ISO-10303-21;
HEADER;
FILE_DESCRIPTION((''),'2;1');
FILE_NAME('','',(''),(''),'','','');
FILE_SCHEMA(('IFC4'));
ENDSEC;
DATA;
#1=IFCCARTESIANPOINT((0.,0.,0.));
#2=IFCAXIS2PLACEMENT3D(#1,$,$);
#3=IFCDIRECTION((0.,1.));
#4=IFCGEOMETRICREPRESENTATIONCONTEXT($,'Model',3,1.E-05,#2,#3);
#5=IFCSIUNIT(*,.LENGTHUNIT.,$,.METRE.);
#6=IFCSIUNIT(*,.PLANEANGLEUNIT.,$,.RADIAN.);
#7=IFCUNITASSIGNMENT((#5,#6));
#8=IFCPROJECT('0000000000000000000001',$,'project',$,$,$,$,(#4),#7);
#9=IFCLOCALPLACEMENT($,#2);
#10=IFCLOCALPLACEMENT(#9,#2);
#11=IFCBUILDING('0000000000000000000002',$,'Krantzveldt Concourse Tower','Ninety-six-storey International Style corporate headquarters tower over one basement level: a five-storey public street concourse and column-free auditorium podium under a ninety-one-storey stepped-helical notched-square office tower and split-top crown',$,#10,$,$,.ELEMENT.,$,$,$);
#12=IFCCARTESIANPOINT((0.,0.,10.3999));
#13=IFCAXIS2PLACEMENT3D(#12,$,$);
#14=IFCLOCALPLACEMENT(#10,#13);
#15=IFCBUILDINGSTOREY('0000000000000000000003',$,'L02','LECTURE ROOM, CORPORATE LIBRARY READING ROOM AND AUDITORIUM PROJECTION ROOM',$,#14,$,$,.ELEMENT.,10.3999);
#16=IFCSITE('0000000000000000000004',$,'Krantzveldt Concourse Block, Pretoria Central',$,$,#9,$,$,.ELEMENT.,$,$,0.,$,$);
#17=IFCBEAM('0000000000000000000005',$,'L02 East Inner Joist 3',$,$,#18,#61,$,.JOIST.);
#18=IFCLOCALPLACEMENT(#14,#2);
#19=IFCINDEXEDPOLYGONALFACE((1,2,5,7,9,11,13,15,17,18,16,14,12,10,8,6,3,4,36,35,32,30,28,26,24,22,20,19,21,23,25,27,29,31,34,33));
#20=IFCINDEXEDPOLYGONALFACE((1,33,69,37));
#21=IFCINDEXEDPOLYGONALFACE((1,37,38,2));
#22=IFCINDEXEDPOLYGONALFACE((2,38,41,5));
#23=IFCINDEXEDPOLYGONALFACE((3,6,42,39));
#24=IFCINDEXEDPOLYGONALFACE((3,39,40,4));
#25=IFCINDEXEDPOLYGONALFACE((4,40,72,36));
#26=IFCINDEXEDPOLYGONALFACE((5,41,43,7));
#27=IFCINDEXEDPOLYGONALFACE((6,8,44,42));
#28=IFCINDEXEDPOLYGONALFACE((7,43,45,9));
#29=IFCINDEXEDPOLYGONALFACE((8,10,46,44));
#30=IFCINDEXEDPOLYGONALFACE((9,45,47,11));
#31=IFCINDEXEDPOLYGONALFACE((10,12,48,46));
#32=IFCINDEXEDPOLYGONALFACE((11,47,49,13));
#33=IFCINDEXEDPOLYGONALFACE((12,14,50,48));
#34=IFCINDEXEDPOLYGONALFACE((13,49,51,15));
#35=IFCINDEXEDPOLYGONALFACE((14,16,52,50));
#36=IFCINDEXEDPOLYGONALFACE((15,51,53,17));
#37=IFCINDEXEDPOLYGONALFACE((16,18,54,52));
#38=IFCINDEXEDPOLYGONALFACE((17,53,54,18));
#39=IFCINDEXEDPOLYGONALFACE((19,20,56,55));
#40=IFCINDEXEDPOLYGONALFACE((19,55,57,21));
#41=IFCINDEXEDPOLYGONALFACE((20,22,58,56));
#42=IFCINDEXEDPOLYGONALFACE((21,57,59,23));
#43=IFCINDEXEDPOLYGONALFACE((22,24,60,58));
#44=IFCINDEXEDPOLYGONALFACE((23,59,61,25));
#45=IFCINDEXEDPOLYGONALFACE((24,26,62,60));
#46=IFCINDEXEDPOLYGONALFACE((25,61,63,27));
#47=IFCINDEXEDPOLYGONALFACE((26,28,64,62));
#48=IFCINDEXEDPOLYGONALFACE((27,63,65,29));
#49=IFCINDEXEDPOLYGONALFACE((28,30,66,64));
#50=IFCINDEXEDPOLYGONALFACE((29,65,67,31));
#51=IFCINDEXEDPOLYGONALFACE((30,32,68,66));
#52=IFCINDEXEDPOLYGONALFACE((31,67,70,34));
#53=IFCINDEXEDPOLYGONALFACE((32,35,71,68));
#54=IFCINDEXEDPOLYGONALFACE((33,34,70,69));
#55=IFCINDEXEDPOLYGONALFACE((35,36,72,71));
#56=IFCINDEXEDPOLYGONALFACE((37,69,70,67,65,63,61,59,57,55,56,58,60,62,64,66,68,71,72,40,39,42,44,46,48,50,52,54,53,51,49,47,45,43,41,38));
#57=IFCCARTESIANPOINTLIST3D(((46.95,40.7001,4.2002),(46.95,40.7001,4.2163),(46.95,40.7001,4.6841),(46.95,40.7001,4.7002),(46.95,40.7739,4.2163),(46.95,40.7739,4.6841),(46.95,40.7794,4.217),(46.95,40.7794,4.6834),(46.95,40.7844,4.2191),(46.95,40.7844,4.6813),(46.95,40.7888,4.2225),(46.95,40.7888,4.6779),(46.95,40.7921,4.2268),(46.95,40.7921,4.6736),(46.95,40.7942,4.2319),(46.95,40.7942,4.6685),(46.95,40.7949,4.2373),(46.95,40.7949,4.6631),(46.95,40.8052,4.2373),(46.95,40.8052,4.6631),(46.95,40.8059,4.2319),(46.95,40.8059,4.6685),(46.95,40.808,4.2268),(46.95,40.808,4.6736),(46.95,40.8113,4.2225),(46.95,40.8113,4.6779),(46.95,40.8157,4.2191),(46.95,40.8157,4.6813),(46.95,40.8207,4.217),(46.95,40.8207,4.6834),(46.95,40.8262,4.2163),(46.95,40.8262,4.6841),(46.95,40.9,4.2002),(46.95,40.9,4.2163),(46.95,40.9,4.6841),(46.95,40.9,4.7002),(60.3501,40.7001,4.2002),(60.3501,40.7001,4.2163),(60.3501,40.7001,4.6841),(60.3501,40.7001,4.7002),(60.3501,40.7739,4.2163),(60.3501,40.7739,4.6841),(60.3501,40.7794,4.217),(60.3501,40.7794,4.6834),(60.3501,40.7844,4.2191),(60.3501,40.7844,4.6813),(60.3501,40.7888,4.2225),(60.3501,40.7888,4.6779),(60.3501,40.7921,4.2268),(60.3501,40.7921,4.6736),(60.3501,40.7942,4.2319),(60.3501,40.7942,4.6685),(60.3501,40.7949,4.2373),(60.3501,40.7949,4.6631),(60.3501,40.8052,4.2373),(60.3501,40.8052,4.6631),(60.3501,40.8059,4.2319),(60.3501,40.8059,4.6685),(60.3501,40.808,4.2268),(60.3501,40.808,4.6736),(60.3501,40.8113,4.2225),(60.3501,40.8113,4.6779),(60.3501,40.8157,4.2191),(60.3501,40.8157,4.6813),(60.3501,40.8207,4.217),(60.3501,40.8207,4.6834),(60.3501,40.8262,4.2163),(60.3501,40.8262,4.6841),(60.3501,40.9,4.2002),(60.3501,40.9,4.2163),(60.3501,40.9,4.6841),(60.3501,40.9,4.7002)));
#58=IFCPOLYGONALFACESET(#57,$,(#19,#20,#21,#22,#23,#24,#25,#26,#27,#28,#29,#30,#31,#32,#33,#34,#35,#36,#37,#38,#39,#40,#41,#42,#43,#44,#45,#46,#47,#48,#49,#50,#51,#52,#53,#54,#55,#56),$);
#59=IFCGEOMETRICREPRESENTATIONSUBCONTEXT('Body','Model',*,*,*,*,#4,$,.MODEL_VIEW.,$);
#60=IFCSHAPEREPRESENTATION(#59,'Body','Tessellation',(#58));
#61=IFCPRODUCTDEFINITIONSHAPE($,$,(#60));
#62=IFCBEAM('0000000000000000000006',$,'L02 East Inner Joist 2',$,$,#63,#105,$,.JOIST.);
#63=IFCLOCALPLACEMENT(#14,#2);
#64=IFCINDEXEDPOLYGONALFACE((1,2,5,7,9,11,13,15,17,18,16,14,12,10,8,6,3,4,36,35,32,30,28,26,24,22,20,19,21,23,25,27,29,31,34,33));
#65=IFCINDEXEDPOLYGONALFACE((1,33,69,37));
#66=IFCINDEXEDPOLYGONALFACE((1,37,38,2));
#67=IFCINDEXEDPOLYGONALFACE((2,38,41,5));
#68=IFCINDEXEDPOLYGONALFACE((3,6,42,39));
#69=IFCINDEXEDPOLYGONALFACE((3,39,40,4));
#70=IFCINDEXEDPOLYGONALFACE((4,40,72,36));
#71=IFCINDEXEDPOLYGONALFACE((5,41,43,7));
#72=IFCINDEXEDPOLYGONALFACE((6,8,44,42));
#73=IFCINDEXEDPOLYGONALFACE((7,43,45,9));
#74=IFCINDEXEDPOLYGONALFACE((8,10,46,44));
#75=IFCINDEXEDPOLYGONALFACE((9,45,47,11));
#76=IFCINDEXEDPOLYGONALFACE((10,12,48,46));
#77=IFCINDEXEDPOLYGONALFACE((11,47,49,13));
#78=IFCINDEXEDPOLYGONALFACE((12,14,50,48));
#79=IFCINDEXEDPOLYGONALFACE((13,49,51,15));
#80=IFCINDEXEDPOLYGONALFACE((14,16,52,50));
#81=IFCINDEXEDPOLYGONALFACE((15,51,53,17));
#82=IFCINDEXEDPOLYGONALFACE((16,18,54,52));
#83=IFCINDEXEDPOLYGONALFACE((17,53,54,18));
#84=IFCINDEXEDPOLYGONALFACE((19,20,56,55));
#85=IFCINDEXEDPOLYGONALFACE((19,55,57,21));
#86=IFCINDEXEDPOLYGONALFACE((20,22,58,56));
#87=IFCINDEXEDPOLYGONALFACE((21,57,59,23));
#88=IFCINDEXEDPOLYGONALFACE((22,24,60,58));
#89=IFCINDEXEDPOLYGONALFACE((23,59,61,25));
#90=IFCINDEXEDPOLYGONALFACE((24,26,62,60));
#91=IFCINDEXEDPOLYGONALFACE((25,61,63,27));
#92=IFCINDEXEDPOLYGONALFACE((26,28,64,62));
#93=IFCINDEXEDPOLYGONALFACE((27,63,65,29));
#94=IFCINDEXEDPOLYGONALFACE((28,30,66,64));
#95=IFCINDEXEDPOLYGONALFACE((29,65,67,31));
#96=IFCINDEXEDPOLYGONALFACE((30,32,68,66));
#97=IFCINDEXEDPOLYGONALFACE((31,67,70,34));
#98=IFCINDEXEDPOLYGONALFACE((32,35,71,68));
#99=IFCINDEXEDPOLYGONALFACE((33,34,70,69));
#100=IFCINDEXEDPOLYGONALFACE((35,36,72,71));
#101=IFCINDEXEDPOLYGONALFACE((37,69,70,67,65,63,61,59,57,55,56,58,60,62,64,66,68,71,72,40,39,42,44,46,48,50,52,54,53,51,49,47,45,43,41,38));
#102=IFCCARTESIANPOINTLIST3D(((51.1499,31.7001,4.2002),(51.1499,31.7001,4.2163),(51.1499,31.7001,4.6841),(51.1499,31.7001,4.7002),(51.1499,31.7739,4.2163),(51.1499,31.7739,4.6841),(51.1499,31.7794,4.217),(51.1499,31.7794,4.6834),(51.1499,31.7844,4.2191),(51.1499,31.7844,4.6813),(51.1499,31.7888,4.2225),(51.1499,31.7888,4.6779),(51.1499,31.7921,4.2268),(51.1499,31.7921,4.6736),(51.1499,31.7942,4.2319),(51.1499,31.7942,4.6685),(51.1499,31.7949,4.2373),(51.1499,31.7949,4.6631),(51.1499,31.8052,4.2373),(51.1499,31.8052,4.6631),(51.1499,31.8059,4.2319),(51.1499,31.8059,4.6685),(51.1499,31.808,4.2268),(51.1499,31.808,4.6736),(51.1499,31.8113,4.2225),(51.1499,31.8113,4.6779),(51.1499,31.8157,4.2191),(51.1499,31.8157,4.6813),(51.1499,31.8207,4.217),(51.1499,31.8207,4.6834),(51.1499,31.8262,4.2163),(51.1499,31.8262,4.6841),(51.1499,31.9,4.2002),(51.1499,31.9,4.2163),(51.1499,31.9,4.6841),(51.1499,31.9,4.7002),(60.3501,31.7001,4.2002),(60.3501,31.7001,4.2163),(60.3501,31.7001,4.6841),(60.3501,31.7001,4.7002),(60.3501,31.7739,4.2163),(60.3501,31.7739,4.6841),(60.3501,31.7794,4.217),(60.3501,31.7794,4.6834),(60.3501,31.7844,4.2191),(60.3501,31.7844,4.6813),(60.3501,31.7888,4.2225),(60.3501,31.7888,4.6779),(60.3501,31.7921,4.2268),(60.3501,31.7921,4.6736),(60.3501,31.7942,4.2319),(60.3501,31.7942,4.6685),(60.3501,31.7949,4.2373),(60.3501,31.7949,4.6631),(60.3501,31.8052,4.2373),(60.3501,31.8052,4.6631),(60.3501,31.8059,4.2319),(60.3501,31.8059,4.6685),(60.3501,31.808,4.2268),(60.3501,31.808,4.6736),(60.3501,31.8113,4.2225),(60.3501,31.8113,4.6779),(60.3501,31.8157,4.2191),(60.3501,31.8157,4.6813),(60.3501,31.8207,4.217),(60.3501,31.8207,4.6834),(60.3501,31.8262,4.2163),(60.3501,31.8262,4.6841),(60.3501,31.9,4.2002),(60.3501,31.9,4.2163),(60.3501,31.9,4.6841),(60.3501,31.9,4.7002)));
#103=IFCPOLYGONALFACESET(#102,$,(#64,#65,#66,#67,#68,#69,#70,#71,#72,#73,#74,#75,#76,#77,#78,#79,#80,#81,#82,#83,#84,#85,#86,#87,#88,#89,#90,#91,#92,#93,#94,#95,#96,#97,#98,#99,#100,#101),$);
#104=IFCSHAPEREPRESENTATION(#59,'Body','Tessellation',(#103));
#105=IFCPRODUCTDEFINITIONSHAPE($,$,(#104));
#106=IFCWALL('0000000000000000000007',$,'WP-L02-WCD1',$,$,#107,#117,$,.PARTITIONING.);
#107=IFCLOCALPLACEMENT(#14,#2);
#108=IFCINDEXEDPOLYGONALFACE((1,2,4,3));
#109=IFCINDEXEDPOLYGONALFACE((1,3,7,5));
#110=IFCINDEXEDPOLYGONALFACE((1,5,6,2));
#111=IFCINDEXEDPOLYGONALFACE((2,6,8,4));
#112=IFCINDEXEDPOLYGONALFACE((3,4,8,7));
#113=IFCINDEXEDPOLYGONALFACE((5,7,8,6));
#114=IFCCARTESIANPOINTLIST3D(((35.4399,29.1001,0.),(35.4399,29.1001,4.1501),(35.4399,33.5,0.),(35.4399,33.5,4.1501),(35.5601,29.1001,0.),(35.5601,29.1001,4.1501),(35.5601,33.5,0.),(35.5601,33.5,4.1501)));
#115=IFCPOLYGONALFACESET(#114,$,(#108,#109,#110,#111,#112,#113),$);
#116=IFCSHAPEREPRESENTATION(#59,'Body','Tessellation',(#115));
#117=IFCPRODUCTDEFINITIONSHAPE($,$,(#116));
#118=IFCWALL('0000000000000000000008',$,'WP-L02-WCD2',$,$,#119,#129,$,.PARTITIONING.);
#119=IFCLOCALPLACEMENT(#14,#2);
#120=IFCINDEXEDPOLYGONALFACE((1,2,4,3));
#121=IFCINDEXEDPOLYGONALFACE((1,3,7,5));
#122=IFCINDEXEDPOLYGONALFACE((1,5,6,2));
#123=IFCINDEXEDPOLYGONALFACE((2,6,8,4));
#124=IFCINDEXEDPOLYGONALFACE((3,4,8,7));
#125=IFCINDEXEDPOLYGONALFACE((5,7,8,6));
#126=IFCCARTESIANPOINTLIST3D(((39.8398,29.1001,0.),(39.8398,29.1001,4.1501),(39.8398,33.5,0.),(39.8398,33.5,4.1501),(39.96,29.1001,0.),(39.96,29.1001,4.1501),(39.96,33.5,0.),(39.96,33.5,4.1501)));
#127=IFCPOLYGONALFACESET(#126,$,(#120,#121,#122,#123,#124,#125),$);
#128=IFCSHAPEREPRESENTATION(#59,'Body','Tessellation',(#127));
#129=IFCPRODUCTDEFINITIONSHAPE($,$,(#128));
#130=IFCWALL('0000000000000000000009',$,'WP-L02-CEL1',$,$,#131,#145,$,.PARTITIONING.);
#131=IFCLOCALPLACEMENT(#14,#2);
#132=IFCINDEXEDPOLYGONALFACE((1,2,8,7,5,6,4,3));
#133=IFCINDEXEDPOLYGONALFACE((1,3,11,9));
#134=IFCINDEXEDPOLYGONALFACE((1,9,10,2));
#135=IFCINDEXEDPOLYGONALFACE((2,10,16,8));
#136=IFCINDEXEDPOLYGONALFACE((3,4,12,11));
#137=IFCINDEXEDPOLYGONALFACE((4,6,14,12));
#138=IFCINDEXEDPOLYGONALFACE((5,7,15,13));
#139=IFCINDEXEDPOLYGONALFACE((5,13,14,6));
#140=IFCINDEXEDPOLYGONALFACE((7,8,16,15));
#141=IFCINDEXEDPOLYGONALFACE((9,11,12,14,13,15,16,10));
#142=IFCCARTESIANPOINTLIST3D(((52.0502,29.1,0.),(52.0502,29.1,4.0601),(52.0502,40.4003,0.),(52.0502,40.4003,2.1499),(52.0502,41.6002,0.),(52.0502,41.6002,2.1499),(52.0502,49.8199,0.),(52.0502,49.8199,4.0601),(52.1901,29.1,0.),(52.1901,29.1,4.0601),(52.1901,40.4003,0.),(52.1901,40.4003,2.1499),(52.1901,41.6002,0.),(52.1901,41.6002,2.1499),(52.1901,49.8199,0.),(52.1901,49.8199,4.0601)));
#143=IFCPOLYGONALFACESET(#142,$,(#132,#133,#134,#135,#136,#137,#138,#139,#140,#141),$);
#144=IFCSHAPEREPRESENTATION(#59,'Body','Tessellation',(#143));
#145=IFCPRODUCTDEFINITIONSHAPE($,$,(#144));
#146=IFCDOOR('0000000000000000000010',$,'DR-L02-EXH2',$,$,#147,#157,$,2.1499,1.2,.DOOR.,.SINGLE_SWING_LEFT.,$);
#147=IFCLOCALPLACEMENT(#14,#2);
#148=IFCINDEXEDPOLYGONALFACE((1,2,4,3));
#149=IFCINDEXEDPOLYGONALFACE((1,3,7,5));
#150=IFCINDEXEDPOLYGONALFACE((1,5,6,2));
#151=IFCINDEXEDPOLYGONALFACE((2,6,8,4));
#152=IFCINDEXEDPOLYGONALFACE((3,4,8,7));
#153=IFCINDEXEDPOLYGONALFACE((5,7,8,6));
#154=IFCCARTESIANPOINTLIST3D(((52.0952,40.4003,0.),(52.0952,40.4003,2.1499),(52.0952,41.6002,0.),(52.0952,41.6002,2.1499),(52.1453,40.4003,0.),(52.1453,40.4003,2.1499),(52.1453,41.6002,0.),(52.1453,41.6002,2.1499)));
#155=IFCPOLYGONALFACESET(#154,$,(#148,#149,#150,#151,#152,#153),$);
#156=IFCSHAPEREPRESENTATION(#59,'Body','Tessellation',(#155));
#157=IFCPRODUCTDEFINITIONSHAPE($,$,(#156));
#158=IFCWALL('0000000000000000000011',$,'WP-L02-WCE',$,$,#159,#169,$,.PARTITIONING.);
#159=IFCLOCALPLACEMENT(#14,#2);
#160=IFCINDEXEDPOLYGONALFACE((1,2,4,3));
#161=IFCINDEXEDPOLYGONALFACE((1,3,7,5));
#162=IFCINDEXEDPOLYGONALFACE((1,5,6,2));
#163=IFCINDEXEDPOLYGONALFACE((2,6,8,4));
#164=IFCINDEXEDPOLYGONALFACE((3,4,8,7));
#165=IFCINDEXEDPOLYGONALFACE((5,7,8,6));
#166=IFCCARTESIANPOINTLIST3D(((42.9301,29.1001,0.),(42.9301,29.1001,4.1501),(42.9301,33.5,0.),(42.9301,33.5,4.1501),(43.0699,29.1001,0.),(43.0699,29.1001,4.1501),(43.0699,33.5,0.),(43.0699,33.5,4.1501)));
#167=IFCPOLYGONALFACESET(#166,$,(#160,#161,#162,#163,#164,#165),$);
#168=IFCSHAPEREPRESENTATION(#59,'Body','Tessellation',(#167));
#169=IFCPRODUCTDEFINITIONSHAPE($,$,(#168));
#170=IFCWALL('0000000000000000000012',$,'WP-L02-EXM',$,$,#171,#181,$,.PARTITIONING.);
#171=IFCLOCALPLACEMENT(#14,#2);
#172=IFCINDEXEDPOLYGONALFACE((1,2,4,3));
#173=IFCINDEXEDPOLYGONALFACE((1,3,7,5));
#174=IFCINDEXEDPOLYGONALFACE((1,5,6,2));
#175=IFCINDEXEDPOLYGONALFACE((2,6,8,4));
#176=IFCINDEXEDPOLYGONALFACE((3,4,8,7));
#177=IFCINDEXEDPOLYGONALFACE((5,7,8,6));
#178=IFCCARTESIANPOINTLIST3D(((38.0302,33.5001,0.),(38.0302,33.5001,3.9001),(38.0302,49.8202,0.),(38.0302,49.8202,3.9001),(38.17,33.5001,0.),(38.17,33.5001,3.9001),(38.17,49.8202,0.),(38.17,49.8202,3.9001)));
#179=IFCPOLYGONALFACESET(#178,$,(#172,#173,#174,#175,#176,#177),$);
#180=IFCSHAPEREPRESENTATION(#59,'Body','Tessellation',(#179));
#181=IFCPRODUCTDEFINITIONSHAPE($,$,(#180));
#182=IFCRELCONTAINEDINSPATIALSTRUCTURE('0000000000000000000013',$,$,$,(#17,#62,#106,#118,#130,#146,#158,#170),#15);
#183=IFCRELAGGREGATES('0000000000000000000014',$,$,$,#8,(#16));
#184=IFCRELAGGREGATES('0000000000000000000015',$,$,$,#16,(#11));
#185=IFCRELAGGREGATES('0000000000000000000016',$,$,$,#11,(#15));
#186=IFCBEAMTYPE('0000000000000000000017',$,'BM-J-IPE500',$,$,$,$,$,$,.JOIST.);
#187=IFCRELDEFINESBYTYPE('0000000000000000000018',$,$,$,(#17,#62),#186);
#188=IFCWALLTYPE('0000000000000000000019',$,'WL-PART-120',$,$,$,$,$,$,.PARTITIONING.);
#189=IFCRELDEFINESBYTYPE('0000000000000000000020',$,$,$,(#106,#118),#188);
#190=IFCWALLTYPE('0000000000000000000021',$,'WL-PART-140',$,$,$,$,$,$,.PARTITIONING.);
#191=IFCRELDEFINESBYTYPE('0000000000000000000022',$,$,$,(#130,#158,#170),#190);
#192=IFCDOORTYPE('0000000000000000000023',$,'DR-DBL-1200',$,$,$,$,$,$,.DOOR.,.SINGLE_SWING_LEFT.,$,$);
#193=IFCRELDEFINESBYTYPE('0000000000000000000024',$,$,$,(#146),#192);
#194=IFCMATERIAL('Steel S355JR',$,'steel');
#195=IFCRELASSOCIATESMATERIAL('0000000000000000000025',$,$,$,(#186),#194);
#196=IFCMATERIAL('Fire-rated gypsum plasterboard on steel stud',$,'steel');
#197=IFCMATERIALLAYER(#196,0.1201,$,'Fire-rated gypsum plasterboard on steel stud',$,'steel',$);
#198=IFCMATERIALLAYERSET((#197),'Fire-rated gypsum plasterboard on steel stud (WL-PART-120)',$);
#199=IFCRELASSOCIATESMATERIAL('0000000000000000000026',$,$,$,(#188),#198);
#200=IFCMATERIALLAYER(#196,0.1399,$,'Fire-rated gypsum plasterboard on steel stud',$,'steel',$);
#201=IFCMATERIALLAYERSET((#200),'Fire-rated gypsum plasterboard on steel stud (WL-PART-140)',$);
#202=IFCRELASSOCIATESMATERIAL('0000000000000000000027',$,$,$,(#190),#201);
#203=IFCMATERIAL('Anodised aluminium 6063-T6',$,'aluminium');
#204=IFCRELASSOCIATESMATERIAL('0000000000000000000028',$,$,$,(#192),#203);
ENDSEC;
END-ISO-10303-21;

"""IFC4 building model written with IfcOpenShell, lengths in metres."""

from ifc_helpers import new_model, si_unit, direction, frame, frame_2d, origin, origin_2d, place, context, subcontext, project, spatial, rectangle, i_section, extrude, source, transform, mapped, material, layer, layer_set, material_profile, profile_set, type_object, type_shapes, element, fill, save


model = new_model("IFC4")

# Units and contexts
model_context = context("Model", 3, precision=1e-05, world=origin(), true_north=direction((0.0, 1.0)))
body_context = subcontext(model_context, "Body", "Model", "MODEL_VIEW")
ifc_project = project(units=[si_unit("LENGTHUNIT", "METRE"), si_unit("PLANEANGLEUNIT", "RADIAN")], contexts=[model_context])

# Site, building, storey
site_placement = place(None, origin())
site = spatial("IfcSite", under=ifc_project, at=site_placement, Name="Krantzveldt Concourse Block, Pretoria Central", CompositionType="ELEMENT", RefElevation=0.0)
building_placement = place(site_placement, origin())
building = spatial("IfcBuilding", under=site, at=building_placement, Name="Krantzveldt Concourse Tower", Description="Ninety-six-storey International Style corporate headquarters tower over one basement level: a five-storey public street concourse and column-free auditorium podium under a ninety-one-storey stepped-helical notched-square office tower and split-top crown", CompositionType="ELEMENT")
storey_placement = place(building_placement, frame((0.0, 0.0, 10.3999)))
storey = spatial("IfcBuildingStorey", under=building, at=storey_placement, Name="L02", Description="LECTURE ROOM, CORPORATE LIBRARY READING ROOM AND AUDITORIUM PROJECTION ROOM", CompositionType="ELEMENT", Elevation=10.3999)

# Beams
ifc_material_1 = material(Name="Steel S355JR", Category="steel")
ifc_material_profile_1 = material_profile(ifc_material_1, i_section(OverallWidth=0.2, OverallDepth=0.5, WebThickness=0.0103, FlangeThickness=0.0161, FilletRadius=0.021, at=origin_2d()), Name="Steel S355JR", Category="steel")
ifc_profile_set_1 = profile_set([ifc_material_profile_1], Name="Steel S355JR - IPE 500")
beam_type_1 = type_object("IfcBeamType", Name="BM-J-IPE500", PredefinedType="JOIST", material=ifc_profile_set_1)
shared_shape_1 = source(origin(), body_context, "Body", "SweptSolid", [
    extrude(i_section(OverallWidth=0.2, OverallDepth=0.5, WebThickness=0.0103, FlangeThickness=0.0161, FilletRadius=0.021, at=origin_2d()), origin(), (0.0, 0.0, 1.0), 13.4001),
])
beam_1_placement = place(storey_placement, frame((46.95, 40.8, 4.4502), z_axis=(1.0, 0.0, 0.0), x_axis=(0.0, 1.0, 0.0)))
element("IfcBeam", 1, at=beam_1_placement, inside=storey, type_object=beam_type_1, Name="L02 East Inner Joist 3", PredefinedType="JOIST", context=body_context, shape_type="MappedRepresentation", body=[
    mapped(shared_shape_1, transform((0.0, 0.0, 0.0), x_axis=(1.0, 0.0, 0.0), y_axis=(0.0, 1.0, 0.0), z_axis=(0.0, 0.0, 1.0), scale=1.0)),
])
shared_shape_2 = source(origin(), body_context, "Body", "SweptSolid", [
    extrude(i_section(OverallWidth=0.2, OverallDepth=0.5, WebThickness=0.0103, FlangeThickness=0.0161, FilletRadius=0.021, at=origin_2d()), origin(), (0.0, 0.0, 1.0), 9.2002),
])
type_shapes(beam_type_1, [shared_shape_1, shared_shape_2])
beam_2_placement = place(storey_placement, frame((51.1499, 31.8, 4.4502), z_axis=(1.0, 0.0, 0.0), x_axis=(0.0, 1.0, 0.0)))
element("IfcBeam", 2, at=beam_2_placement, inside=storey, type_object=beam_type_1, Name="L02 East Inner Joist 2", PredefinedType="JOIST", context=body_context, shape_type="MappedRepresentation", body=[
    mapped(shared_shape_2, transform((0.0, 0.0, 0.0), x_axis=(1.0, 0.0, 0.0), y_axis=(0.0, 1.0, 0.0), z_axis=(0.0, 0.0, 1.0), scale=1.0)),
])

# Walls
ifc_material_2 = material(Name="Fire-rated gypsum plasterboard on steel stud", Category="steel")
ifc_layer_1 = layer(ifc_material_2, 0.1201, Name="Fire-rated gypsum plasterboard on steel stud", Category="steel")
ifc_layer_set_1 = layer_set([ifc_layer_1], Name="Fire-rated gypsum plasterboard on steel stud (WL-PART-120)")
wall_type_1 = type_object("IfcWallType", Name="WL-PART-120", PredefinedType="PARTITIONING", material=ifc_layer_set_1)
for number, where, z_axis, x_axis, name in (
    (3, (35.5, 29.1001, 0.0), (0.0, 0.0, 1.0), (0.0, 1.0, 0.0), "WP-L02-WCD1"),
    (4, (39.8999, 29.1001, 0.0), (0.0, 0.0, 1.0), (0.0, 1.0, 0.0), "WP-L02-WCD2"),
):
    element("IfcWall", number, at=place(storey_placement, frame(where, z_axis=z_axis, x_axis=x_axis)), inside=storey, type_object=wall_type_1, Name=name, PredefinedType="PARTITIONING", context=body_context, shape_type="SweptSolid", body=[
        extrude(rectangle(XDim=4.3999, YDim=0.1201, at=frame_2d((2.2, 0.0))), origin(), (0.0, 0.0, 1.0), 4.1501),
    ])

# Wall, opening, door
ifc_layer_2 = layer(ifc_material_2, 0.1399, Name="Fire-rated gypsum plasterboard on steel stud", Category="steel")
ifc_layer_set_2 = layer_set([ifc_layer_2], Name="Fire-rated gypsum plasterboard on steel stud (WL-PART-140)")
wall_type_2 = type_object("IfcWallType", Name="WL-PART-140", PredefinedType="PARTITIONING", material=ifc_layer_set_2)
wall_1_placement = place(storey_placement, frame((52.1201, 29.1001, 0.0), z_axis=(0.0, 0.0, 1.0), x_axis=(0.0, 1.0, 0.0)))
wall_1 = element("IfcWall", 5, at=wall_1_placement, inside=storey, type_object=wall_type_2, Name="WP-L02-CEL1", PredefinedType="PARTITIONING", context=body_context, shape_type="SweptSolid", body=[
    extrude(rectangle(XDim=20.72, YDim=0.1399, at=frame_2d((10.3599, 0.0))), origin(), (0.0, 0.0, 1.0), 4.0601),
])
opening_1_placement = place(wall_1_placement, frame((11.3, 0.0, 0.0)))
opening_1 = element("IfcOpeningElement", 6, at=opening_1_placement, cuts=wall_1, PredefinedType="OPENING", context=body_context, shape_type="SweptSolid", body=[
    extrude(rectangle(XDim=1.2, YDim=2.1499, at=frame_2d((0.6001, 1.075))), frame((0.0, 0.0801, 0.0), z_axis=(0.0, -1.0, 0.0), x_axis=(1.0, 0.0, 0.0)), (0.0, 0.0, 1.0), 0.1599),
])
ifc_material_3 = material(Name="Anodised aluminium 6063-T6", Category="aluminium")
door_type_1 = type_object("IfcDoorType", Name="DR-DBL-1200", OperationType="SINGLE_SWING_LEFT", PredefinedType="DOOR", material=ifc_material_3)
door_1_placement = place(opening_1_placement, origin())
door_1 = element("IfcDoor", 7, at=door_1_placement, inside=storey, type_object=door_type_1, Name="DR-L02-EXH2", OperationType="SINGLE_SWING_LEFT", OverallHeight=2.1499, OverallWidth=1.2, PredefinedType="DOOR", context=body_context, shape_type="SweptSolid", body=[
    extrude(rectangle(XDim=1.2, YDim=2.1499, at=frame_2d((0.6001, 1.075))), frame((0.0, 0.0249, 0.0), z_axis=(0.0, -1.0, 0.0), x_axis=(1.0, 0.0, 0.0)), (0.0, 0.0, 1.0), 0.05),
])
fill(opening_1, door_1)

# Walls
wall_2_placement = place(storey_placement, frame((43.0, 29.1001, 0.0), z_axis=(0.0, 0.0, 1.0), x_axis=(0.0, 1.0, 0.0)))
element("IfcWall", 8, at=wall_2_placement, inside=storey, type_object=wall_type_2, Name="WP-L02-WCE", PredefinedType="PARTITIONING", context=body_context, shape_type="SweptSolid", body=[
    extrude(rectangle(XDim=4.3999, YDim=0.1399, at=frame_2d((2.2, 0.0))), origin(), (0.0, 0.0, 1.0), 4.1501),
])
wall_3_placement = place(storey_placement, frame((38.1001, 33.5, 0.0), z_axis=(0.0, 0.0, 1.0), x_axis=(0.0, 1.0, 0.0)))
element("IfcWall", 9, at=wall_3_placement, inside=storey, type_object=wall_type_2, Name="WP-L02-EXM", PredefinedType="PARTITIONING", context=body_context, shape_type="SweptSolid", body=[
    extrude(rectangle(XDim=16.3201, YDim=0.1399, at=frame_2d((8.1602, 0.0))), origin(), (0.0, 0.0, 1.0), 3.9001),
])

save(model, "model.ifc")
